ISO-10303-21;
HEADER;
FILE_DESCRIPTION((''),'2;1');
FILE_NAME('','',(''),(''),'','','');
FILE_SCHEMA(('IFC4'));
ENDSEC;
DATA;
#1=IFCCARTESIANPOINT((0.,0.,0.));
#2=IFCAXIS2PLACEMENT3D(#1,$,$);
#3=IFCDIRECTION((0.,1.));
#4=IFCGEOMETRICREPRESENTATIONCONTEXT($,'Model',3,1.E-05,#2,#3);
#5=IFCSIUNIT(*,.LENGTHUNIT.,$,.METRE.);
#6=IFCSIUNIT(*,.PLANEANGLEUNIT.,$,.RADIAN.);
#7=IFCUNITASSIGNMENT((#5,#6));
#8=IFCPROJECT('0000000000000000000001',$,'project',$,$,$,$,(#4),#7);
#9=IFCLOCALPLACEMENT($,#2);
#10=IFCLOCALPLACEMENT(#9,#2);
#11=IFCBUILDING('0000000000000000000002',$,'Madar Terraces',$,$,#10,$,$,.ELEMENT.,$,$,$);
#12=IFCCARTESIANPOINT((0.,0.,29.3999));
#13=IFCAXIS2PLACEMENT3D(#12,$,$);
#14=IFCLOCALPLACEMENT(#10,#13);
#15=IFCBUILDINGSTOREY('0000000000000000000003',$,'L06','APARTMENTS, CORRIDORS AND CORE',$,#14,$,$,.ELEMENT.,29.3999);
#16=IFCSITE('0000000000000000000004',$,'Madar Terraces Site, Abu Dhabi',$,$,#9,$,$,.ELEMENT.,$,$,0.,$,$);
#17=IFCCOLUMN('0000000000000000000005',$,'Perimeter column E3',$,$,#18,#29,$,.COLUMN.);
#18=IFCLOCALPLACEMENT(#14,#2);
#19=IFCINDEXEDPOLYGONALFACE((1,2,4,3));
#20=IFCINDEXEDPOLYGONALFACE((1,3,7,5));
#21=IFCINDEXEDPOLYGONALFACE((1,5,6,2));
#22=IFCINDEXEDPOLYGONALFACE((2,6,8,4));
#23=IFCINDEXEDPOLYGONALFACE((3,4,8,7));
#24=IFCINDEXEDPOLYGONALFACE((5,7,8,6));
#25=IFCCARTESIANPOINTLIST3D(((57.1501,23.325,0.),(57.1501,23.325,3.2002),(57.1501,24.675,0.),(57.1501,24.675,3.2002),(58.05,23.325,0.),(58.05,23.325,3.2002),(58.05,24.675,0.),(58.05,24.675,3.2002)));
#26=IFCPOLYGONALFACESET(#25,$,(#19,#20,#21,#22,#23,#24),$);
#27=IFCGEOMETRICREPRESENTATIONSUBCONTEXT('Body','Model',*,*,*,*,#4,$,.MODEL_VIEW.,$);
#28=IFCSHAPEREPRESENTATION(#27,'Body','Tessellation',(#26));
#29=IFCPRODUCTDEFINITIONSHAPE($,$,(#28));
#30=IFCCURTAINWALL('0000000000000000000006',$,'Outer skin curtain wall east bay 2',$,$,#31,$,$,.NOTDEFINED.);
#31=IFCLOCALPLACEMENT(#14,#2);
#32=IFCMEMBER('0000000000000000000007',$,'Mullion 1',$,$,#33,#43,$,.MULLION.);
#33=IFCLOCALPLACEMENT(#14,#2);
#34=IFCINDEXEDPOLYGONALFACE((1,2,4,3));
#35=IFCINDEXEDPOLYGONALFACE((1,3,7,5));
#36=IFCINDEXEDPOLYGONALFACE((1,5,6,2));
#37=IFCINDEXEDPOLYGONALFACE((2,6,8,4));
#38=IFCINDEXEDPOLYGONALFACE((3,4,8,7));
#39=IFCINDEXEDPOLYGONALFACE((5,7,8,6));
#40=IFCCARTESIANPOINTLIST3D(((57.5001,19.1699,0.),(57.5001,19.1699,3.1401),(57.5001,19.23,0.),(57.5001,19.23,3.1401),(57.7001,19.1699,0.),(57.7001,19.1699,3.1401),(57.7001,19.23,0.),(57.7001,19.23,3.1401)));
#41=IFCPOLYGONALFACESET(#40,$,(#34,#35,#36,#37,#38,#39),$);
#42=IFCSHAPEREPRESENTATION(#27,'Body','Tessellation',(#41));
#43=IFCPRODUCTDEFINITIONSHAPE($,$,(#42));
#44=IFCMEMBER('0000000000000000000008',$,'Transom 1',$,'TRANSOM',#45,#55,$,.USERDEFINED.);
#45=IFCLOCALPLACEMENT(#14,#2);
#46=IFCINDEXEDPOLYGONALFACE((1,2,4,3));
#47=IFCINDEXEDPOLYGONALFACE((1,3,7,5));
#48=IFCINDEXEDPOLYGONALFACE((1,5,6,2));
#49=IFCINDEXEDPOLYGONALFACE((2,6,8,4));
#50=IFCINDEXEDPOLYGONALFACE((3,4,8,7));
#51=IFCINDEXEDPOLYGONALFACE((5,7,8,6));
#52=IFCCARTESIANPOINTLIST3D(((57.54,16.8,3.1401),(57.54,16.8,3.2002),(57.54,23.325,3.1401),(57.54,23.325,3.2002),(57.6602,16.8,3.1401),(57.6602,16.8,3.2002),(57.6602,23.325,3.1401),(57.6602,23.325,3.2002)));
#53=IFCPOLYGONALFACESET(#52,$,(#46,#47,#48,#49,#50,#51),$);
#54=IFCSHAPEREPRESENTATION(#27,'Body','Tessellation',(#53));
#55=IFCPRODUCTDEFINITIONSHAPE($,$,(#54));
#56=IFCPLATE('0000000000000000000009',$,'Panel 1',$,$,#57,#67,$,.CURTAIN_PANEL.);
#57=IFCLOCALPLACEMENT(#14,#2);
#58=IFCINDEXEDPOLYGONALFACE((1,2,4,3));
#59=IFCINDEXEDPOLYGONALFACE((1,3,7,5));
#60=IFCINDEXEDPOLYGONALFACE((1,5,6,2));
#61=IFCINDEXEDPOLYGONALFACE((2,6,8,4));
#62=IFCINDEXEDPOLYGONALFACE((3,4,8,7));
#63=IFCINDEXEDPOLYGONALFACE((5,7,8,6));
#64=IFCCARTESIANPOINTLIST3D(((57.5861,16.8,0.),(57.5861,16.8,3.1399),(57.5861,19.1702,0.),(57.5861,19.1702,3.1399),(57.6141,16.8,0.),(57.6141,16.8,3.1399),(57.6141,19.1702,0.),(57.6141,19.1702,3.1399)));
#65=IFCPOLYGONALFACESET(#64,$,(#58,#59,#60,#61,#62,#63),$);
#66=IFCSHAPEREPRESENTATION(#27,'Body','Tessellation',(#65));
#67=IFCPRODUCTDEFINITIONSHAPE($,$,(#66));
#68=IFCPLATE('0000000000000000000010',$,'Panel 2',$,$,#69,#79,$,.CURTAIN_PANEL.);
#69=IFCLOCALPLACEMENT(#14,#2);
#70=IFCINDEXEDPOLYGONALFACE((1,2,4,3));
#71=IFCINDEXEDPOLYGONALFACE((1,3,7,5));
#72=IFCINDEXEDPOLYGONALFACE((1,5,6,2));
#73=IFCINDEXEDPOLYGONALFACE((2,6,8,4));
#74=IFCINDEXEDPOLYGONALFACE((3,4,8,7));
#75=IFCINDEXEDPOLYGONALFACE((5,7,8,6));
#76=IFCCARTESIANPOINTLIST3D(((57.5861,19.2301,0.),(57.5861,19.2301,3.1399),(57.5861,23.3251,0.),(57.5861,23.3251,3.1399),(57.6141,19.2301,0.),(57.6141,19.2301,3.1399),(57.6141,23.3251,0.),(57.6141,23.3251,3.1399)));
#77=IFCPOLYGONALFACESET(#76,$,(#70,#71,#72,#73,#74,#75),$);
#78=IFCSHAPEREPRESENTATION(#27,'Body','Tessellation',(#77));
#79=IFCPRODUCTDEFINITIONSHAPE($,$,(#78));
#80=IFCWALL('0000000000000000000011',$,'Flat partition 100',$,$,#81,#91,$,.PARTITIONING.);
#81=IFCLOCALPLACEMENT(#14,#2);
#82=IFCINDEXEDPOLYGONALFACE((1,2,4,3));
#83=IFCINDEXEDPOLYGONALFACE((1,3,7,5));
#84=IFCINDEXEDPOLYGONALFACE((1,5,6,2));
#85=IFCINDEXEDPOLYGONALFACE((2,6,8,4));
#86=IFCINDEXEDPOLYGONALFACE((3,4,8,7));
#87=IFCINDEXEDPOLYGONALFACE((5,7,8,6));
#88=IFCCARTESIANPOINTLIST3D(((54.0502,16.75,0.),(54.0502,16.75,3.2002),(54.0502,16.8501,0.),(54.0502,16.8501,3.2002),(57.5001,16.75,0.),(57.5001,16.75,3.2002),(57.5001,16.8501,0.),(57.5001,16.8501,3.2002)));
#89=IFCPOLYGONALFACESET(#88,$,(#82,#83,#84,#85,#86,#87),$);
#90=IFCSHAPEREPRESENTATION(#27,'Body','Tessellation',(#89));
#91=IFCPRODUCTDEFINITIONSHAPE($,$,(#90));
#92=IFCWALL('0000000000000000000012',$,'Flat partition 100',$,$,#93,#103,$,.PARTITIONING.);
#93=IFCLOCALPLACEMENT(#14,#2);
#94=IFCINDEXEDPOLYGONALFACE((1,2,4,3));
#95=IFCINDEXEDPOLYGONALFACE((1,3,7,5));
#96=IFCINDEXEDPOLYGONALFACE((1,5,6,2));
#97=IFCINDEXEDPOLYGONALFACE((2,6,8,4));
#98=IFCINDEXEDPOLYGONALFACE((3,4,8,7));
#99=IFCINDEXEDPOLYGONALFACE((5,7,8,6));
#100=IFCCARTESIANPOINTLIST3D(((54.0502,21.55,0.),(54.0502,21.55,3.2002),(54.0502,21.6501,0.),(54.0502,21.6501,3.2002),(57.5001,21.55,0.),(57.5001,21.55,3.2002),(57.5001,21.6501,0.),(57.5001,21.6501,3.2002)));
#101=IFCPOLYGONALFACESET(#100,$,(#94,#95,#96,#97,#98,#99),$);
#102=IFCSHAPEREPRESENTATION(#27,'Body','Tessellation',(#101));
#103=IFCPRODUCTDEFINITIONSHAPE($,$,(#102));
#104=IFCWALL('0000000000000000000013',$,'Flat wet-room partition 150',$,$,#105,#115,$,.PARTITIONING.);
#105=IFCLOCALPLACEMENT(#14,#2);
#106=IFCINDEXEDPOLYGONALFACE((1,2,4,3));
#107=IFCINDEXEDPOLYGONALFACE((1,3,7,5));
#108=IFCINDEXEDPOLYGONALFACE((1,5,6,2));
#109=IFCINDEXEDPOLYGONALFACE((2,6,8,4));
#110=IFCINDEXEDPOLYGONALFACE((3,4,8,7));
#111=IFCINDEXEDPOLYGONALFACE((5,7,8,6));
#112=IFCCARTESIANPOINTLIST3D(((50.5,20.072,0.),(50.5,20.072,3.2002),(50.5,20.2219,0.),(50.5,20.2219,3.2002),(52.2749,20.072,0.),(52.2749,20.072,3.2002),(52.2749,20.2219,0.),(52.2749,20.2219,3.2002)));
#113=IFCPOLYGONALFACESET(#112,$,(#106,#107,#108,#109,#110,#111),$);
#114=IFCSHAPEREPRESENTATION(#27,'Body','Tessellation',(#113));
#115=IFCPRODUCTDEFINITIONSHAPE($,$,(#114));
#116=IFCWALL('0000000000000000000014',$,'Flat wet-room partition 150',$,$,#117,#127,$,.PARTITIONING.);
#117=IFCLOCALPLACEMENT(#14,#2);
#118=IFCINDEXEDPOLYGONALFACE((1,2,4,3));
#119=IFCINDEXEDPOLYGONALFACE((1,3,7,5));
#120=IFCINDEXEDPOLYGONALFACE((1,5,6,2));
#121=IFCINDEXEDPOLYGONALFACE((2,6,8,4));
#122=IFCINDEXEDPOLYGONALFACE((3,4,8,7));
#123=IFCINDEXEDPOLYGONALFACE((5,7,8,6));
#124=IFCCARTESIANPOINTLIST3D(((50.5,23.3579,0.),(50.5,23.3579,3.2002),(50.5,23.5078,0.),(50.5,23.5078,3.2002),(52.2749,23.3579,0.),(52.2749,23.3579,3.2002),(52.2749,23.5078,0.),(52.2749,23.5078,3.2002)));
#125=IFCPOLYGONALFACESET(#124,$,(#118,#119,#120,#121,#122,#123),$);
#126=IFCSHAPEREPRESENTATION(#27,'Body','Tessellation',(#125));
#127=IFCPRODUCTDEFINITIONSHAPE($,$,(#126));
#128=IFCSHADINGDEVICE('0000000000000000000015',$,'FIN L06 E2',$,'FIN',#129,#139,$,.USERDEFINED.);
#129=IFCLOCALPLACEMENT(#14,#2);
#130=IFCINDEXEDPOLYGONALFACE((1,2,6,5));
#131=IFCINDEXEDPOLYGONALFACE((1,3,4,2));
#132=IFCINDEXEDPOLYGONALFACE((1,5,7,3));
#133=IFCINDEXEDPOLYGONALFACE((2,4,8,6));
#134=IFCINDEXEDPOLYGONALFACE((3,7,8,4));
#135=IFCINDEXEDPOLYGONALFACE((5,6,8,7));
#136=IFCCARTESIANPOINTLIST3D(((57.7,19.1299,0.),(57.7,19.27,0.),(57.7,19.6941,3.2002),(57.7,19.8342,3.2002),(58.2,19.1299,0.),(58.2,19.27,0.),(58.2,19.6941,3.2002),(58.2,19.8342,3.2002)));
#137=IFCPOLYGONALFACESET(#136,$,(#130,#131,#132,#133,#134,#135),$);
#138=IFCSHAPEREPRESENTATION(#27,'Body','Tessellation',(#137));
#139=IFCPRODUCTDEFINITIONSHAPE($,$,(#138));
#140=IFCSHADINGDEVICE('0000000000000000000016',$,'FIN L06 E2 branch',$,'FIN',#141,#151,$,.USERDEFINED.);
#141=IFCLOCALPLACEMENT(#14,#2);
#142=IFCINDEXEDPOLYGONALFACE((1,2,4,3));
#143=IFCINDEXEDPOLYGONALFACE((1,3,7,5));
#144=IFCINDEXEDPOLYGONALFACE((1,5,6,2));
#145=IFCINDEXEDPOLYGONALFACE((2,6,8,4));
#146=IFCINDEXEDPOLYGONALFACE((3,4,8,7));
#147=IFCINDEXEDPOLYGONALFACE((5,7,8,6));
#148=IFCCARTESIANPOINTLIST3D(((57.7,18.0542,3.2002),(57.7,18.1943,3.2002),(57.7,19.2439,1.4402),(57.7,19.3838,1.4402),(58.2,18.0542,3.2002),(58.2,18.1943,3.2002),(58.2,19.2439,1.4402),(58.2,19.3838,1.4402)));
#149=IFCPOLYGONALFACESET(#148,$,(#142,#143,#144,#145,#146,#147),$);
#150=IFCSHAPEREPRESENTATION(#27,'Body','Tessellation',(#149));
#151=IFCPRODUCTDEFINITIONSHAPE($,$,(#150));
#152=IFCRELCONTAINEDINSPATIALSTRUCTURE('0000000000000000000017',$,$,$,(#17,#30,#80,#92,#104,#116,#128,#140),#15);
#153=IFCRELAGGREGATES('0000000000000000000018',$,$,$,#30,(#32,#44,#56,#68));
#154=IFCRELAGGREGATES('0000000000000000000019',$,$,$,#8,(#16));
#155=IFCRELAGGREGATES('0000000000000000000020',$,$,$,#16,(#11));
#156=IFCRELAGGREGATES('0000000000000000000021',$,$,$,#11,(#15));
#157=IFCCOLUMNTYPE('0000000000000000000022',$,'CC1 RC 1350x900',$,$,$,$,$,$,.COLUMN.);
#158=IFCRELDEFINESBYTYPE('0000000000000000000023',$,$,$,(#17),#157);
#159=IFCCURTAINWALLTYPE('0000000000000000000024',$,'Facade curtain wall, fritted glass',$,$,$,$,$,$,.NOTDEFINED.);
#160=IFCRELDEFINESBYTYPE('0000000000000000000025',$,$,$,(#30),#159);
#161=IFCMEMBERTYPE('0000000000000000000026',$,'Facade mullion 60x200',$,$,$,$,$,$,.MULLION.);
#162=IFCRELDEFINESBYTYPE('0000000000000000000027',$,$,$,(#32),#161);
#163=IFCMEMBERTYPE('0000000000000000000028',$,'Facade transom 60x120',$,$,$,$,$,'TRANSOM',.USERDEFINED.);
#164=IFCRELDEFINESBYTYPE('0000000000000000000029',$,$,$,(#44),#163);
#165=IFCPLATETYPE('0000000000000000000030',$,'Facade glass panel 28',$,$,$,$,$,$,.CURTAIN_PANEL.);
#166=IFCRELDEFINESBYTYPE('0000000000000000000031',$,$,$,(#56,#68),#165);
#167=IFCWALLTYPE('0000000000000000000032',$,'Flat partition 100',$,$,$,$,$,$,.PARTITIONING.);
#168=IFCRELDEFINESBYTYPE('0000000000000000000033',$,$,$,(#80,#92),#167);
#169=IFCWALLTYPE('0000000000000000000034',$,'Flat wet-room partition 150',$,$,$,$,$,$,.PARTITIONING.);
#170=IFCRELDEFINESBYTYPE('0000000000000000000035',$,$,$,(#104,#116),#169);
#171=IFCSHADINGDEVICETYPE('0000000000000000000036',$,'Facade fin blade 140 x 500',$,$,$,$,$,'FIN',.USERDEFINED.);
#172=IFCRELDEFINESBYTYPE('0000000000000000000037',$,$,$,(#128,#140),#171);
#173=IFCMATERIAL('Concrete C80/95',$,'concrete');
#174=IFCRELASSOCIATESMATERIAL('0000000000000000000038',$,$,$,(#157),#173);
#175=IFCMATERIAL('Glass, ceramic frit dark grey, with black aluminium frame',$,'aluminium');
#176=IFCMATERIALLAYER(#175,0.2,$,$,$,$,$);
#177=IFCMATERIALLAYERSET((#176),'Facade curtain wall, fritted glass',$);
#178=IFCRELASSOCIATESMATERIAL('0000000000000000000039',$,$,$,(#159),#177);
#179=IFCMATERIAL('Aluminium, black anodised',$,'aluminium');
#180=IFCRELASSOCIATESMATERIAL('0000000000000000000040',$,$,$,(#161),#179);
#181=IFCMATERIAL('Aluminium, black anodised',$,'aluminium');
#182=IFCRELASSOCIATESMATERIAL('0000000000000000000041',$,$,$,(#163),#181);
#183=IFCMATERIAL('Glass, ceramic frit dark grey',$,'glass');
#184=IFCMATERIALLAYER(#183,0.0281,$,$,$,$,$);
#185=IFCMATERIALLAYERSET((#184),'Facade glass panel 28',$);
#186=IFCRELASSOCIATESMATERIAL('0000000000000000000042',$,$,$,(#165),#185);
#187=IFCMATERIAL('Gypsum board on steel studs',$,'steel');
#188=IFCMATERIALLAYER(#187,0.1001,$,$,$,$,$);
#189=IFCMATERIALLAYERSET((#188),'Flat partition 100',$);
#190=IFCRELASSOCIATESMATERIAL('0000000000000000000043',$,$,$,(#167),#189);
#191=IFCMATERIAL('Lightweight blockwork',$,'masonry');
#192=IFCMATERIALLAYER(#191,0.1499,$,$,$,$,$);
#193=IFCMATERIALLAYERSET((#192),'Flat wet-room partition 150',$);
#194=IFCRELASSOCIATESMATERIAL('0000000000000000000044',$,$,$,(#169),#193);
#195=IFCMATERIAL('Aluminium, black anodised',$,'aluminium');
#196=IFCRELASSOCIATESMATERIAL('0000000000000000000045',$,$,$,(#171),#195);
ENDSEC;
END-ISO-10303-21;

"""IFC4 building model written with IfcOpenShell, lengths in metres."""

from ifc_helpers import new_model, si_unit, direction, frame, frame_2d, origin, origin_2d, place, context, subcontext, project, spatial, polyline, rectangle, outline, extrude, material, layer, layer_set, material_profile, profile_set, type_object, element, aggregate, save


model = new_model("IFC4")

# Units and contexts
model_context = context("Model", 3, precision=1e-05, world=origin(), true_north=direction((0.0, 1.0)))
body_context = subcontext(model_context, "Body", "Model", "MODEL_VIEW")
ifc_project = project(units=[si_unit("LENGTHUNIT", "METRE"), si_unit("PLANEANGLEUNIT", "RADIAN")], contexts=[model_context])

# Site, building, storey
site_placement = place(None, origin())
site = spatial("IfcSite", under=ifc_project, at=site_placement, Name="Madar Terraces Site, Abu Dhabi", CompositionType="ELEMENT", RefElevation=0.0)
building_placement = place(site_placement, origin())
building = spatial("IfcBuilding", under=site, at=building_placement, Name="Madar Terraces", CompositionType="ELEMENT")
storey_placement = place(building_placement, frame((0.0, 0.0, 29.3999)))
storey = spatial("IfcBuildingStorey", under=building, at=storey_placement, Name="L06", Description="APARTMENTS, CORRIDORS AND CORE", CompositionType="ELEMENT", Elevation=29.3999)

# Column
ifc_material_1 = material(Name="Concrete C80/95", Category="concrete")
ifc_material_profile_1 = material_profile(ifc_material_1, rectangle(XDim=1.3501, YDim=0.8999, at=origin_2d()), Name="CC1 RC 1350x900")
ifc_profile_set_1 = profile_set([ifc_material_profile_1], Name="Concrete C80/95")
column_type = type_object("IfcColumnType", Name="CC1 RC 1350x900", PredefinedType="COLUMN", material=ifc_profile_set_1)
column_placement = place(storey_placement, frame((57.6001, 24.0, 0.0), z_axis=(0.0, 0.0, 1.0), x_axis=(0.0, 1.0, 0.0)))
element("IfcColumn", 1, at=column_placement, inside=storey, type_object=column_type, Name="Perimeter column E3", PredefinedType="COLUMN", context=body_context, shape_type="SweptSolid", body=[
    extrude(rectangle(XDim=1.3501, YDim=0.8999, at=origin_2d()), origin(), (0.0, 0.0, 1.0), 3.2002),
])

# Curtain wall, members, plates
ifc_material_2 = material(Name="Glass, ceramic frit dark grey, with black aluminium frame", Category="aluminium")
ifc_layer_1 = layer(ifc_material_2, 0.2)
ifc_layer_set_1 = layer_set([ifc_layer_1], Name="Facade curtain wall, fritted glass")
curtain_wall_type = type_object("IfcCurtainWallType", Name="Facade curtain wall, fritted glass", PredefinedType="NOTDEFINED", material=ifc_layer_set_1)
curtain_wall_placement = place(storey_placement, origin())
curtain_wall = element("IfcCurtainWall", 2, at=curtain_wall_placement, inside=storey, type_object=curtain_wall_type, Name="Outer skin curtain wall east bay 2", PredefinedType="NOTDEFINED")
ifc_material_3 = material(Name="Aluminium, black anodised", Category="aluminium")
ifc_material_profile_2 = material_profile(ifc_material_3, rectangle(XDim=0.2, YDim=0.0601, at=origin_2d()), Name="Facade mullion 60x200")
ifc_profile_set_2 = profile_set([ifc_material_profile_2], Name="Aluminium, black anodised")
member_type_1 = type_object("IfcMemberType", Name="Facade mullion 60x200", PredefinedType="MULLION", material=ifc_profile_set_2)
member_1_placement = place(storey_placement, frame((57.6001, 19.2, 0.0), z_axis=(0.0, 0.0, 1.0), x_axis=(-1.0, 0.0, 0.0)))
member_1 = element("IfcMember", 3, at=member_1_placement, type_object=member_type_1, Name="Mullion 1", PredefinedType="MULLION", context=body_context, shape_type="SweptSolid", body=[
    extrude(rectangle(XDim=0.2, YDim=0.0601, at=origin_2d()), origin(), (0.0, 0.0, 1.0), 3.1401),
])
ifc_material_4 = material(Name="Aluminium, black anodised", Category="aluminium")
ifc_material_profile_3 = material_profile(ifc_material_4, rectangle(XDim=0.1201, YDim=0.0601, at=origin_2d()), Name="Facade transom 60x120")
ifc_profile_set_3 = profile_set([ifc_material_profile_3], Name="Aluminium, black anodised")
member_type_2 = type_object("IfcMemberType", Name="Facade transom 60x120", ElementType="TRANSOM", PredefinedType="USERDEFINED", material=ifc_profile_set_3)
member_2_placement = place(storey_placement, frame((57.6001, 16.8, 3.1702), z_axis=(0.0, 1.0, 0.0), x_axis=(-1.0, 0.0, 0.0)))
member_2 = element("IfcMember", 4, at=member_2_placement, type_object=member_type_2, Name="Transom 1", ObjectType="TRANSOM", PredefinedType="USERDEFINED", context=body_context, shape_type="SweptSolid", body=[
    extrude(rectangle(XDim=0.1201, YDim=0.0601, at=origin_2d()), origin(), (0.0, 0.0, 1.0), 6.5249),
])
ifc_material_5 = material(Name="Glass, ceramic frit dark grey", Category="glass")
ifc_layer_2 = layer(ifc_material_5, 0.0281)
ifc_layer_set_2 = layer_set([ifc_layer_2], Name="Facade glass panel 28")
plate_type = type_object("IfcPlateType", Name="Facade glass panel 28", PredefinedType="CURTAIN_PANEL", material=ifc_layer_set_2)
plate_1_placement = place(storey_placement, frame((57.6001, 17.9851, 0.0), z_axis=(0.0, 0.0, 1.0), x_axis=(0.0, 1.0, 0.0)))
plate_1 = element("IfcPlate", 5, at=plate_1_placement, type_object=plate_type, Name="Panel 1", PredefinedType="CURTAIN_PANEL", context=body_context, shape_type="SweptSolid", body=[
    extrude(rectangle(XDim=2.3701, YDim=0.0281, at=origin_2d()), origin(), (0.0, 0.0, 1.0), 3.1399),
])
plate_2_placement = place(storey_placement, frame((57.6001, 21.2776, 0.0), z_axis=(0.0, 0.0, 1.0), x_axis=(0.0, 1.0, 0.0)))
plate_2 = element("IfcPlate", 6, at=plate_2_placement, type_object=plate_type, Name="Panel 2", PredefinedType="CURTAIN_PANEL", context=body_context, shape_type="SweptSolid", body=[
    extrude(rectangle(XDim=4.095, YDim=0.0281, at=origin_2d()), origin(), (0.0, 0.0, 1.0), 3.1399),
])
aggregate(curtain_wall, [member_1, member_2, plate_1, plate_2])

# Walls
ifc_material_6 = material(Name="Gypsum board on steel studs", Category="steel")
ifc_layer_3 = layer(ifc_material_6, 0.1001)
ifc_layer_set_3 = layer_set([ifc_layer_3], Name="Flat partition 100")
wall_type_1 = type_object("IfcWallType", Name="Flat partition 100", PredefinedType="PARTITIONING", material=ifc_layer_set_3)
for number, where, z_axis, x_axis, name in (
    (7, (54.05, 16.8, 0.0), (0.0, 0.0, 1.0), (1.0, 0.0, 0.0), "Flat partition 100"),
    (8, (54.05, 21.6001, 0.0), (0.0, 0.0, 1.0), (1.0, 0.0, 0.0), "Flat partition 100"),
):
    element("IfcWall", number, at=place(storey_placement, frame(where, z_axis=z_axis, x_axis=x_axis)), inside=storey, type_object=wall_type_1, Name=name, PredefinedType="PARTITIONING", context=body_context, shape_type="SweptSolid", body=[
        extrude(rectangle(XDim=3.45, YDim=0.1001, at=frame_2d((1.7251, 0.0))), origin(), (0.0, 0.0, 1.0), 3.2002),
    ])
ifc_material_7 = material(Name="Lightweight blockwork", Category="masonry")
ifc_layer_4 = layer(ifc_material_7, 0.1499)
ifc_layer_set_4 = layer_set([ifc_layer_4], Name="Flat wet-room partition 150")
wall_type_2 = type_object("IfcWallType", Name="Flat wet-room partition 150", PredefinedType="PARTITIONING", material=ifc_layer_set_4)
for number, where, z_axis, x_axis, name in (
    (9, (50.5, 20.147, 0.0), (0.0, 0.0, 1.0), (1.0, 0.0, 0.0), "Flat wet-room partition 150"),
    (10, (50.5, 23.4329, 0.0), (0.0, 0.0, 1.0), (1.0, 0.0, 0.0), "Flat wet-room partition 150"),
):
    element("IfcWall", number, at=place(storey_placement, frame(where, z_axis=z_axis, x_axis=x_axis)), inside=storey, type_object=wall_type_2, Name=name, PredefinedType="PARTITIONING", context=body_context, shape_type="SweptSolid", body=[
        extrude(rectangle(XDim=1.7749, YDim=0.1499, at=frame_2d((0.8875, 0.0))), origin(), (0.0, 0.0, 1.0), 3.2002),
    ])

# Shading devices
ifc_material_8 = material(Name="Aluminium, black anodised", Category="aluminium")
shading_device_type = type_object("IfcShadingDeviceType", Name="Facade fin blade 140 x 500", ElementType="FIN", PredefinedType="USERDEFINED", material=ifc_material_8)
shading_device_1_placement = place(storey_placement, frame((57.95, 19.1299, 0.0), z_axis=(0.0, 0.0, 1.0), x_axis=(0.0, 1.0, 0.0)))
element("IfcShadingDevice", 11, at=shading_device_1_placement, inside=storey, type_object=shading_device_type, Name="FIN L06 E2", ObjectType="FIN", PredefinedType="USERDEFINED", context=body_context, shape_type="SweptSolid", body=[
    extrude(outline(polyline([(0.0, 0.0), (0.1401, 0.0), (0.7043, 3.2002), (0.5642, 3.2002), (0.0, 0.0)])), frame((0.0, 0.25, 0.0), z_axis=(0.0, -1.0, 0.0), x_axis=(1.0, 0.0, 0.0)), (0.0, 0.0, 1.0), 0.5),
])
shading_device_2_placement = place(storey_placement, frame((57.95, 19.2439, 1.4402), z_axis=(0.0, 0.0, 1.0), x_axis=(0.0, 1.0, 0.0)))
element("IfcShadingDevice", 12, at=shading_device_2_placement, inside=storey, type_object=shading_device_type, Name="FIN L06 E2 branch", ObjectType="FIN", PredefinedType="USERDEFINED", context=body_context, shape_type="SweptSolid", body=[
    extrude(outline(polyline([(0.0, 0.0), (0.1399, 0.0), (-1.0496, 1.76), (-1.1897, 1.76), (0.0, 0.0)])), frame((0.0, 0.25, 0.0), z_axis=(0.0, -1.0, 0.0), x_axis=(1.0, 0.0, 0.0)), (0.0, 0.0, 1.0), 0.5),
])

save(model, "model.ifc")
